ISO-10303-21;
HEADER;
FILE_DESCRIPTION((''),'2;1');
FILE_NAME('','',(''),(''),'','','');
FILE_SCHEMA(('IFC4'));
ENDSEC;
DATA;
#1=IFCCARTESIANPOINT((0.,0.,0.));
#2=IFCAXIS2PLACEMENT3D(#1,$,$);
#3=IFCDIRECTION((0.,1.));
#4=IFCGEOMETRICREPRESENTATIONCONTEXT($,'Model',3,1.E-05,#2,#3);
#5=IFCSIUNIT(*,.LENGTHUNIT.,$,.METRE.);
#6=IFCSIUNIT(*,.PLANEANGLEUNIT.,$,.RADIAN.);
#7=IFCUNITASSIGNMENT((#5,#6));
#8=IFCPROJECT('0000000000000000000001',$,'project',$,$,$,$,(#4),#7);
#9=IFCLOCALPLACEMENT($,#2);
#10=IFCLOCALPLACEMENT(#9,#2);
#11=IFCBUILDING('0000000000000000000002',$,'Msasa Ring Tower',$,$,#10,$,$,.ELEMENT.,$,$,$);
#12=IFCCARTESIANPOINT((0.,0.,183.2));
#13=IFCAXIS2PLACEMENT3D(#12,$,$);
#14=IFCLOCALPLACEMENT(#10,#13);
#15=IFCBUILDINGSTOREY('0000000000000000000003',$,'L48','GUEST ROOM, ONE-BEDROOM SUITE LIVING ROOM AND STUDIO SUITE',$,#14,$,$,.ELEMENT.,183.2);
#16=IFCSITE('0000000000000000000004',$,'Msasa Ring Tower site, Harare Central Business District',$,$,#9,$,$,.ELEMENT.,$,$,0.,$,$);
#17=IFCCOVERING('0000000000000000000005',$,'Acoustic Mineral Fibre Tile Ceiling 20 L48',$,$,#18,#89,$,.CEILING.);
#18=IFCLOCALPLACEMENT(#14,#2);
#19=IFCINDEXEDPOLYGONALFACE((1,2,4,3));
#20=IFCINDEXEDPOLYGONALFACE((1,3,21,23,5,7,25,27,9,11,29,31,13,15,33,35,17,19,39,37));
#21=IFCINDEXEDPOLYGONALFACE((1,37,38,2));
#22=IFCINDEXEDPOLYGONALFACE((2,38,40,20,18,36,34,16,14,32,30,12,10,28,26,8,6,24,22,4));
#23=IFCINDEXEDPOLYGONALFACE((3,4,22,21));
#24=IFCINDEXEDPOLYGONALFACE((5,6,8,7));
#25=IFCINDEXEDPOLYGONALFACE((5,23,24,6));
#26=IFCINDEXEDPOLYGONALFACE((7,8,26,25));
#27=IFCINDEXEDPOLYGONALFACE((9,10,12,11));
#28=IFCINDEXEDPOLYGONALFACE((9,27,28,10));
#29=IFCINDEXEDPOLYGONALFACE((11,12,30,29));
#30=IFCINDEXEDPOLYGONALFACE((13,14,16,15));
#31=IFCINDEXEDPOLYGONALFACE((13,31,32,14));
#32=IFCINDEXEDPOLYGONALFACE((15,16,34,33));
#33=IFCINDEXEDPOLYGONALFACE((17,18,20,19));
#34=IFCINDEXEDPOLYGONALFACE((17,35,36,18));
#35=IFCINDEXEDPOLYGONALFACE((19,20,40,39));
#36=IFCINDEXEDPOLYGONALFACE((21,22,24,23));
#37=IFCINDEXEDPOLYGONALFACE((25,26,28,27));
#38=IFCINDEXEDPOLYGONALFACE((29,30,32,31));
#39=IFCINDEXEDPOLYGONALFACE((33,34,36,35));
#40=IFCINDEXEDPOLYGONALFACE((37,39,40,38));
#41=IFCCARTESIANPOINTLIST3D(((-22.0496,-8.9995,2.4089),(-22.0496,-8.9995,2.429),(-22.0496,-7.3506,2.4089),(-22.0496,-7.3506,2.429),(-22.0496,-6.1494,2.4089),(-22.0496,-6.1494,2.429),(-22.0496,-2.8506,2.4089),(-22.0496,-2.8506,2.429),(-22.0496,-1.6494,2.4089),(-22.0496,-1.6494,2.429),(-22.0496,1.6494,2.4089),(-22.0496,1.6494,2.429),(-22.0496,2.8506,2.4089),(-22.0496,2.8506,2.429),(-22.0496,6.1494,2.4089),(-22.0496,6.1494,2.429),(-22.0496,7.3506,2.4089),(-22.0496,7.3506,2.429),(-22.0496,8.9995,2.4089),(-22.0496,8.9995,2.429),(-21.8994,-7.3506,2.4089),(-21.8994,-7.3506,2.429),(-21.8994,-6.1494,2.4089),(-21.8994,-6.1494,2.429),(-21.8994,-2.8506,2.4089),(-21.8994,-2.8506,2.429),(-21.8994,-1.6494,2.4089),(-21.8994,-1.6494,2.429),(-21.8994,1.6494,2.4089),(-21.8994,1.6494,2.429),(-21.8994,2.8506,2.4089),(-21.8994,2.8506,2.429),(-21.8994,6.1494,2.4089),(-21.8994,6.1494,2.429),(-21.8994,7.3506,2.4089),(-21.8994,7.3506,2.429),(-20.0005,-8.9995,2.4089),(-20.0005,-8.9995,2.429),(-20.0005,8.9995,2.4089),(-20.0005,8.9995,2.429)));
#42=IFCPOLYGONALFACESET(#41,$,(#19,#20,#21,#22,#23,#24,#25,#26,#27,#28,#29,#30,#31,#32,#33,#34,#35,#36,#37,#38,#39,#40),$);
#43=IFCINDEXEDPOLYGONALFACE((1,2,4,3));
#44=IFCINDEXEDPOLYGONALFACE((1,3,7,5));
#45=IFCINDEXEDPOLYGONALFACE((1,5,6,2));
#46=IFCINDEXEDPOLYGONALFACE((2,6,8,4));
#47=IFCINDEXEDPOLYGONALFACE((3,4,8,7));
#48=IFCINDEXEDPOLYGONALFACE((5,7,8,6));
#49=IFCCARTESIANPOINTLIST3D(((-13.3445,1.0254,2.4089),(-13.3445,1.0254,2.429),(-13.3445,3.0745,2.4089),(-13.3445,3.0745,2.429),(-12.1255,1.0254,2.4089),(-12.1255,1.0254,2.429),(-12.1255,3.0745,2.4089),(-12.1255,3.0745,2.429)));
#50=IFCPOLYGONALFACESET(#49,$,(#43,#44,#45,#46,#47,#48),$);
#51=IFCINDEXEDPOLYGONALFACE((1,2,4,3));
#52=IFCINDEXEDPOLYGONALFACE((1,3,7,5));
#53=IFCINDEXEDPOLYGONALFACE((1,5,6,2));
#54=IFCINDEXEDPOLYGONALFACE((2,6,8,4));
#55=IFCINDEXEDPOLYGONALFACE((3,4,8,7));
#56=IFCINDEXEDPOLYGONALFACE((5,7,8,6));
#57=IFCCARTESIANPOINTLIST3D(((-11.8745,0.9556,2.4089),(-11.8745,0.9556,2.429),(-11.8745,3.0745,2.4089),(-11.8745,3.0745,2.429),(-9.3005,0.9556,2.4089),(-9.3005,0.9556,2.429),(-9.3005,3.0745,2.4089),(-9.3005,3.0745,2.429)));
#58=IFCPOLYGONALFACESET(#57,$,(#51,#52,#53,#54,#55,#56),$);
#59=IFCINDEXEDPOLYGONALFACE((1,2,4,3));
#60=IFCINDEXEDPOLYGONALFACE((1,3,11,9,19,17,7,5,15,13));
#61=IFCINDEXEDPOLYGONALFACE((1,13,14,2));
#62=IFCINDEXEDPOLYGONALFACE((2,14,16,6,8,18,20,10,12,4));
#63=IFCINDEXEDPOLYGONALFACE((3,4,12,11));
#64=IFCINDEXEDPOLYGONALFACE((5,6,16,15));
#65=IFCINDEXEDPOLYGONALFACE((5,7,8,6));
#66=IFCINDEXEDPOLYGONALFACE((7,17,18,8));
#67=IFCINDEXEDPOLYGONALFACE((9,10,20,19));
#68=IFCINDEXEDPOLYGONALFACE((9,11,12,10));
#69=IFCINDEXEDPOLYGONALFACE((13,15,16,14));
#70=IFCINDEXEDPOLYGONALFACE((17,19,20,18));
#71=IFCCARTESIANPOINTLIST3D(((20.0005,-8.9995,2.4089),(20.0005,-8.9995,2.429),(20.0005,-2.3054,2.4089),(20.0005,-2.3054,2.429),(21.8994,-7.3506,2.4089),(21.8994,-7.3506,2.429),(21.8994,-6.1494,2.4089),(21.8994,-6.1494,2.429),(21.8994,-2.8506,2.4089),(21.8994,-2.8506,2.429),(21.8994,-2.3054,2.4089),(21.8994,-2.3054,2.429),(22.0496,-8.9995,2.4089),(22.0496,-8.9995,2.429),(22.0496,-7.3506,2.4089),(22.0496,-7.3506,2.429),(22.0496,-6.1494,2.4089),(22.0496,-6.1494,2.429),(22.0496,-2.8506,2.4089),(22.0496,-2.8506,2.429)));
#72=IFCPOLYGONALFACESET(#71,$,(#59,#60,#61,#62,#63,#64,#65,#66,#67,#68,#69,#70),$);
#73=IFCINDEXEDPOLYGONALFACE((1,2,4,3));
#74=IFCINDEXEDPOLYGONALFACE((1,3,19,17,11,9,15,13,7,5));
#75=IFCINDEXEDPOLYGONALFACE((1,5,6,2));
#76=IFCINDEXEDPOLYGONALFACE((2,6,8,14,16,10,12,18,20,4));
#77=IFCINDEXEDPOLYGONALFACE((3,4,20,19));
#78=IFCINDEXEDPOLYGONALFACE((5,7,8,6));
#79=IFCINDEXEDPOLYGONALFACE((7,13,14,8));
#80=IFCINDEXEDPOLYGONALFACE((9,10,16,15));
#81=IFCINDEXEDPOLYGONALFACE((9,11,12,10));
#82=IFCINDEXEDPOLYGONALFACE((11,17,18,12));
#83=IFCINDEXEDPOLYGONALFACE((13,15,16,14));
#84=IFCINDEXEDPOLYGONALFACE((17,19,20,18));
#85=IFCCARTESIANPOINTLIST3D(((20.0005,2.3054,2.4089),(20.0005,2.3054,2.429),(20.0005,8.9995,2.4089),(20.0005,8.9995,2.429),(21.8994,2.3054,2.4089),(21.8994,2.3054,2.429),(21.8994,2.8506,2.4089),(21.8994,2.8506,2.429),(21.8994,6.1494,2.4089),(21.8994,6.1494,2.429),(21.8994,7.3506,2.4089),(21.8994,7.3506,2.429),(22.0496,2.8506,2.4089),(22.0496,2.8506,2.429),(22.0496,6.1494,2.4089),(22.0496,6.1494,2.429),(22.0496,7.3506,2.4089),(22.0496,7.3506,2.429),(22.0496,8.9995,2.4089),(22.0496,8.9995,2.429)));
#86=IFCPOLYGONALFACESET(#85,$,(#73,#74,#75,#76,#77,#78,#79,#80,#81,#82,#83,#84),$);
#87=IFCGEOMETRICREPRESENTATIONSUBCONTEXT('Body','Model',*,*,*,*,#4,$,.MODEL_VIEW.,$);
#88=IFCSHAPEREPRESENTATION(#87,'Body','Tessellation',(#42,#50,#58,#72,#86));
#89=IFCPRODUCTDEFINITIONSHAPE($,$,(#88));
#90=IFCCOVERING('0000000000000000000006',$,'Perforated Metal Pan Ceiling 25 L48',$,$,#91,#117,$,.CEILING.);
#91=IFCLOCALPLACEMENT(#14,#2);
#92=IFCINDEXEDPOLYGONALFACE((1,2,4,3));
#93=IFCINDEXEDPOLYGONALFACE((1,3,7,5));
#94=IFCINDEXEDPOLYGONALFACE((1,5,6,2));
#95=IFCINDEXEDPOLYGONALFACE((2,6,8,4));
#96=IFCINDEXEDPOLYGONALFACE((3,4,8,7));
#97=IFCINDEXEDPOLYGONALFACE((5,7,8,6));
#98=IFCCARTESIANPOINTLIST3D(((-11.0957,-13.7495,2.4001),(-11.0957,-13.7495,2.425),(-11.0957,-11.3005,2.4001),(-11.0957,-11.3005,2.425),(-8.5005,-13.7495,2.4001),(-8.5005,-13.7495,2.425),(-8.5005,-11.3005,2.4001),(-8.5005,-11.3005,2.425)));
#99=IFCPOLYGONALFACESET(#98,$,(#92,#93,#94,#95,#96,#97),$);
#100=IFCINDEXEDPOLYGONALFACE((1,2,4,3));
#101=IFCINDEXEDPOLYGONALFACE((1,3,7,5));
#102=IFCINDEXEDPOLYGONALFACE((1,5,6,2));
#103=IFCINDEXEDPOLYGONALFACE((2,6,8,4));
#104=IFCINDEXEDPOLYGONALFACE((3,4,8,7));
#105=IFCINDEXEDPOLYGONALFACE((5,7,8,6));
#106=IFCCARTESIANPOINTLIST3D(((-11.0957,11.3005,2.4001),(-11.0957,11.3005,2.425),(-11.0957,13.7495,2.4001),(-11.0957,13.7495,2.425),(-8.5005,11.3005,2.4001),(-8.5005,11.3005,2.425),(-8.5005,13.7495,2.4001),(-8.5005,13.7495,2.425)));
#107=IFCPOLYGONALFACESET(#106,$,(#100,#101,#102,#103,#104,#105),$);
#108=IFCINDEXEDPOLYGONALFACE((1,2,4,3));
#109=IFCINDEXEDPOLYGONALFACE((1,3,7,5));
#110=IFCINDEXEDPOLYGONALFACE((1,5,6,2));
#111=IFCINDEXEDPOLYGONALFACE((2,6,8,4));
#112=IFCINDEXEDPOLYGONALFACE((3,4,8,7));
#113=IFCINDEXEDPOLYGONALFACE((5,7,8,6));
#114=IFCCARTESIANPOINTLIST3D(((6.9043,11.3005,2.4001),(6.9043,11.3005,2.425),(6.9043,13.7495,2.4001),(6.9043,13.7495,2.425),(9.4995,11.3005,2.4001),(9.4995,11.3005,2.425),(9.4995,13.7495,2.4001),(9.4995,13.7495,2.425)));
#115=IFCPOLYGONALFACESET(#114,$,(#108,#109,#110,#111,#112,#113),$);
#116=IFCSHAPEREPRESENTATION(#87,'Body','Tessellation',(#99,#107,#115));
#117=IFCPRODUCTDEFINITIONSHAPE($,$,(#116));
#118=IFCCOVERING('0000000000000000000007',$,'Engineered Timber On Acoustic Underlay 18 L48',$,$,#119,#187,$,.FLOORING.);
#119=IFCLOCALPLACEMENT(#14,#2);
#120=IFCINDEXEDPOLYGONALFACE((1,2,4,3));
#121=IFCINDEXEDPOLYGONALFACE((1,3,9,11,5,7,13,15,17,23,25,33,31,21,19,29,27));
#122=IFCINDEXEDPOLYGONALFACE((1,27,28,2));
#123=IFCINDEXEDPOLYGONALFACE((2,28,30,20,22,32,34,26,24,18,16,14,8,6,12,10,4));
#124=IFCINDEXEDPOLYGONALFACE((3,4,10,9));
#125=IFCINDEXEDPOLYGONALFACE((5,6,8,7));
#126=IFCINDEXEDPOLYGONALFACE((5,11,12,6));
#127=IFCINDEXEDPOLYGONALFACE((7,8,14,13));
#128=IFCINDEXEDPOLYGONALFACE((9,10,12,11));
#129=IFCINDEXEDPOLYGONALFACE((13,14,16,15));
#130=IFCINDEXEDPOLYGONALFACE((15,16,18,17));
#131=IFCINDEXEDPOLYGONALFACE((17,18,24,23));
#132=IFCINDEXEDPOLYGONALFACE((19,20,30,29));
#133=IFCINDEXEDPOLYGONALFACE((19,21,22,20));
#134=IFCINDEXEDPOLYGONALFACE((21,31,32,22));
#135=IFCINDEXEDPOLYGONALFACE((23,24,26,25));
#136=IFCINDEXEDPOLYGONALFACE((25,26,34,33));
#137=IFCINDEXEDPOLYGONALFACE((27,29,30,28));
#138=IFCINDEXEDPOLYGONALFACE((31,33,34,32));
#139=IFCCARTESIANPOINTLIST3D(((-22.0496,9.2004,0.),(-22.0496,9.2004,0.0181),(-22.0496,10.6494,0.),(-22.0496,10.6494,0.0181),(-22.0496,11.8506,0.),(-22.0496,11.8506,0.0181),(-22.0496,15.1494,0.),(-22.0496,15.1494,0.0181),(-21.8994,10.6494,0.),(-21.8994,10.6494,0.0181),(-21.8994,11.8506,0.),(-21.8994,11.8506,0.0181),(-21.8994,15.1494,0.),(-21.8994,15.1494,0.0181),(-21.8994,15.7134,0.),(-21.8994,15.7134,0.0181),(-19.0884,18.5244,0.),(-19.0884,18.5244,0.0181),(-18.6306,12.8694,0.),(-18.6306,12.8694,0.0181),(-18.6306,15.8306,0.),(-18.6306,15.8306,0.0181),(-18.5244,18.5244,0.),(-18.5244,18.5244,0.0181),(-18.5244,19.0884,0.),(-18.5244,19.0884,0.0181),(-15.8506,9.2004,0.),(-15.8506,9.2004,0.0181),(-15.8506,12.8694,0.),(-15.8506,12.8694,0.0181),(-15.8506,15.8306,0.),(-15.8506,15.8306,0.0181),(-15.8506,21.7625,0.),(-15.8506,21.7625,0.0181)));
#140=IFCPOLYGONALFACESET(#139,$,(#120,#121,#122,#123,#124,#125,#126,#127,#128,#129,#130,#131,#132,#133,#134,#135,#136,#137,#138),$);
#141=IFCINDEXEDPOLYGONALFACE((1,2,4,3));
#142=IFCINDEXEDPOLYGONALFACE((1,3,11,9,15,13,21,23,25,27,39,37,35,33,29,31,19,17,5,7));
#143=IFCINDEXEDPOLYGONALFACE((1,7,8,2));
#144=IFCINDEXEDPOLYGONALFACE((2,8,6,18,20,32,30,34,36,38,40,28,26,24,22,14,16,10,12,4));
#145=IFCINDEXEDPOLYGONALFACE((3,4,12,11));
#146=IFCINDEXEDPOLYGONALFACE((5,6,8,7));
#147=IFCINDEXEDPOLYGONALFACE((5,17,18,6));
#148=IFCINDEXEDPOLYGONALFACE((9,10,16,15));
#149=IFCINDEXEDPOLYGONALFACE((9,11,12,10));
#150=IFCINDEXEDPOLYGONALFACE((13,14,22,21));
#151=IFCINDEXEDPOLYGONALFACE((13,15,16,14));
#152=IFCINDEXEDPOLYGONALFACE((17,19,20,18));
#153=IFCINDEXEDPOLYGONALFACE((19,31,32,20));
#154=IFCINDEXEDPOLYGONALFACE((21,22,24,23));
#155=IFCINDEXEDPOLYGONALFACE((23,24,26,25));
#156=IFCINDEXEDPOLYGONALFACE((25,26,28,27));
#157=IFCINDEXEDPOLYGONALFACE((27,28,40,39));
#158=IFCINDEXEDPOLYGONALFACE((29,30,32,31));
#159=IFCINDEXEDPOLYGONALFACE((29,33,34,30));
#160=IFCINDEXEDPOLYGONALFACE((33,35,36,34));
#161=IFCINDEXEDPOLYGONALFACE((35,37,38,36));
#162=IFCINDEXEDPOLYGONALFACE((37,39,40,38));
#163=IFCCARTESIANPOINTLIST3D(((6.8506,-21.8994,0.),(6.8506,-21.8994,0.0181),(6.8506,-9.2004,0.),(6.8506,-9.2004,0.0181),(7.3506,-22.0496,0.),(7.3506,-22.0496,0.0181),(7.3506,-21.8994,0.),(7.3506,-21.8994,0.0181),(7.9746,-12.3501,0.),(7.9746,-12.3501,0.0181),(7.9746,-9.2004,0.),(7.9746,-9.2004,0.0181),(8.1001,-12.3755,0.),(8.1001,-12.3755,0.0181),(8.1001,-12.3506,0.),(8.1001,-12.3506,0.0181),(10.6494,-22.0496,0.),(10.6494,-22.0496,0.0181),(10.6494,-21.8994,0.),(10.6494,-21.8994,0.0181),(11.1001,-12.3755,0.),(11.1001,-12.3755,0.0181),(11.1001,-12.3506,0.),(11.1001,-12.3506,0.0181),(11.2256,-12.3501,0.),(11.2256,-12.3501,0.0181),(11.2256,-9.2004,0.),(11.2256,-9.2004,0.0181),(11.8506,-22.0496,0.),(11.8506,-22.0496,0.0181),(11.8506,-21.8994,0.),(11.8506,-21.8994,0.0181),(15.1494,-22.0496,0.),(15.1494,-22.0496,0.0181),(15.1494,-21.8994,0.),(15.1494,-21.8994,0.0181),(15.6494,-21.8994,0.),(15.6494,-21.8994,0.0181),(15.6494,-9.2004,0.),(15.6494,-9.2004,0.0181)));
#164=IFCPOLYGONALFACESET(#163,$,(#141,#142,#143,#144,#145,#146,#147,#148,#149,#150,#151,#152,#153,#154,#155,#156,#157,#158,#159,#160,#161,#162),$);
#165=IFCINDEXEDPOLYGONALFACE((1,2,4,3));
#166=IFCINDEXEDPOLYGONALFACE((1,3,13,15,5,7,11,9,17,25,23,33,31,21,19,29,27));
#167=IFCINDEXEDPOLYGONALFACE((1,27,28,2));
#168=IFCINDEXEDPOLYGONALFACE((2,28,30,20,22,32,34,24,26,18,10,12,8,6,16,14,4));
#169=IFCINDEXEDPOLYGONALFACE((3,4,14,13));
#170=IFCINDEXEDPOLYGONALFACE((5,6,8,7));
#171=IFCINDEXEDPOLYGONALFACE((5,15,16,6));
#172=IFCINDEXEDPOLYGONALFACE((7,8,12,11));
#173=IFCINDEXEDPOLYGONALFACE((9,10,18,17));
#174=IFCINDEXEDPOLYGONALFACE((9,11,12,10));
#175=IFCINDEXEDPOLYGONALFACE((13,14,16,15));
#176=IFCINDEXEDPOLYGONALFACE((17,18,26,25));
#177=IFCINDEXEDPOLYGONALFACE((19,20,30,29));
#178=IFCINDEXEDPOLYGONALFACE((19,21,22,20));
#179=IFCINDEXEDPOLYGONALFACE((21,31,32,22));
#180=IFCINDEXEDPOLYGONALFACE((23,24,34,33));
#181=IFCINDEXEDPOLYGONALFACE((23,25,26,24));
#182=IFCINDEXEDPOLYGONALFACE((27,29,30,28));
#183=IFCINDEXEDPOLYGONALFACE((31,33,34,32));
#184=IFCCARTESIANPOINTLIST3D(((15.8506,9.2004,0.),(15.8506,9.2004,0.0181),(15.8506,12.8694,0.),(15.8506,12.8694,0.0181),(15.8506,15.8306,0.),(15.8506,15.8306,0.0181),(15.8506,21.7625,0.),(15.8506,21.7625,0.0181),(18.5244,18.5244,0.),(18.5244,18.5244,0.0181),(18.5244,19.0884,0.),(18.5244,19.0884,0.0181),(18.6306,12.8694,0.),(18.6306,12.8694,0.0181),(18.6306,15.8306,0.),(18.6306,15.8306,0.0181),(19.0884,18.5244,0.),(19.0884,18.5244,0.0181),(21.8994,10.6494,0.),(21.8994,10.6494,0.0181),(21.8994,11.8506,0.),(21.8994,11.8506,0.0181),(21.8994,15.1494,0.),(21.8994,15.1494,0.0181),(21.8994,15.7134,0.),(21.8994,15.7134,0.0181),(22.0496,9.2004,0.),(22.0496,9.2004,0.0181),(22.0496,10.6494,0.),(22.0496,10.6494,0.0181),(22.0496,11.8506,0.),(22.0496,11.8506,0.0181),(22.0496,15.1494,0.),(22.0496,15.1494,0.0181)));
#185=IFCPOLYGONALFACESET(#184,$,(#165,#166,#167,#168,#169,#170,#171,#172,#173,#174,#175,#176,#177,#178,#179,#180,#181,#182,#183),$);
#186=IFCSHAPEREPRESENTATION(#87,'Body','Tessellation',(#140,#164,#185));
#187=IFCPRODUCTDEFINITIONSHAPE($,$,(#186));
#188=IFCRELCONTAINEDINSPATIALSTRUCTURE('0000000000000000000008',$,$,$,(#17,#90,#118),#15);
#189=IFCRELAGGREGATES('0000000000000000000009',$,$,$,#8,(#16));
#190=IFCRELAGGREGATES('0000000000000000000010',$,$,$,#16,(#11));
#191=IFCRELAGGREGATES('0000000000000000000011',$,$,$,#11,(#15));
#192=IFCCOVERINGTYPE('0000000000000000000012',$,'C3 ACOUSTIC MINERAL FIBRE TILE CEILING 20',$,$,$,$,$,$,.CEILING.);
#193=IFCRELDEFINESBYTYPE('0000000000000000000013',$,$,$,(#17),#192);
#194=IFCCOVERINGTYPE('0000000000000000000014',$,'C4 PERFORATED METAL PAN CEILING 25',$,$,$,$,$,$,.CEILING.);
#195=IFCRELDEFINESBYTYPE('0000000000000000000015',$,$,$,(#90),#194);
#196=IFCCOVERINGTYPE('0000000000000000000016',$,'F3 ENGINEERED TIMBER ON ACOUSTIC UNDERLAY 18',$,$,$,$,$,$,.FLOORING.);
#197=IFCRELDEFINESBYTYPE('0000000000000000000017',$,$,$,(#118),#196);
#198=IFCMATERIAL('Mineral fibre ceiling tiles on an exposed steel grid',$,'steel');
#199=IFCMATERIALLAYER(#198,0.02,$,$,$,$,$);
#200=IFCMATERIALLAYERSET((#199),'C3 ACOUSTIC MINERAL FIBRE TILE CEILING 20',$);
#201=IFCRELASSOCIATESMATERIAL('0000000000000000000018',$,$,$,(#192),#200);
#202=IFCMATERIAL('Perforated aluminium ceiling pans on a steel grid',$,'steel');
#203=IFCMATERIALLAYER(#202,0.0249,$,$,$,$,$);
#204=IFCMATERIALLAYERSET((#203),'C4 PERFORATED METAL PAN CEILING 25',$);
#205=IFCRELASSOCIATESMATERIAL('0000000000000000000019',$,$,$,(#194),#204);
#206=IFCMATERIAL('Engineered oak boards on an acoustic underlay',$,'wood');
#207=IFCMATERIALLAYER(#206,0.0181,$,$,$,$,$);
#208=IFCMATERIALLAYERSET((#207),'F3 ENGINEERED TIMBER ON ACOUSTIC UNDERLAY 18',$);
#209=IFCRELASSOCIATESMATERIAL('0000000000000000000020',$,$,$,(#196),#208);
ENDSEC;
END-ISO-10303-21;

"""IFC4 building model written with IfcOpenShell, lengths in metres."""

from ifc_helpers import new_model, si_unit, direction, frame, origin, place, context, subcontext, project, spatial, line, indexed_curve, outline, extrude, material, layer, layer_set, type_object, element, save


model = new_model("IFC4")

# Units and contexts
model_context = context("Model", 3, precision=1e-05, world=origin(), true_north=direction((0.0, 1.0)))
body_context = subcontext(model_context, "Body", "Model", "MODEL_VIEW")
ifc_project = project(units=[si_unit("LENGTHUNIT", "METRE"), si_unit("PLANEANGLEUNIT", "RADIAN")], contexts=[model_context])

# Site, building, storey
site_placement = place(None, origin())
site = spatial("IfcSite", under=ifc_project, at=site_placement, Name="Msasa Ring Tower site, Harare Central Business District", CompositionType="ELEMENT", RefElevation=0.0)
building_placement = place(site_placement, origin())
building = spatial("IfcBuilding", under=site, at=building_placement, Name="Msasa Ring Tower", CompositionType="ELEMENT")
storey_placement = place(building_placement, frame((0.0, 0.0, 183.2)))
storey = spatial("IfcBuildingStorey", under=building, at=storey_placement, Name="L48", Description="GUEST ROOM, ONE-BEDROOM SUITE LIVING ROOM AND STUDIO SUITE", CompositionType="ELEMENT", Elevation=183.2)

# Coverings
ifc_material_1 = material(Name="Mineral fibre ceiling tiles on an exposed steel grid", Category="steel")
ifc_layer_1 = layer(ifc_material_1, 0.02)
ifc_layer_set_1 = layer_set([ifc_layer_1], Name="C3 ACOUSTIC MINERAL FIBRE TILE CEILING 20")
covering_type_1 = type_object("IfcCoveringType", Name="C3 ACOUSTIC MINERAL FIBRE TILE CEILING 20", PredefinedType="CEILING", material=ifc_layer_set_1)
covering_1_placement = place(storey_placement, frame((0.0, 0.0, 2.4089)))
element("IfcCovering", 1, at=covering_1_placement, inside=storey, type_object=covering_type_1, Name="Acoustic Mineral Fibre Tile Ceiling 20 L48", PredefinedType="CEILING", context=body_context, shape_type="SweptSolid", body=[
    extrude(outline(indexed_curve([(-22.0496, -7.3506), (-21.8994, -7.3506), (-21.8994, -6.1494), (-22.0496, -6.1494), (-22.0496, -2.8506), (-21.8994, -2.8506), (-21.8994, -1.6494), (-22.0496, -1.6494), (-22.0496, 1.6494), (-21.8994, 1.6494), (-21.8994, 2.8506), (-22.0496, 2.8506), (-22.0496, 6.1494), (-21.8994, 6.1494), (-21.8994, 7.3506), (-22.0496, 7.3506), (-22.0496, 8.9995), (-20.0005, 8.9995), (-20.0005, -8.9995), (-22.0496, -8.9995)], segments=[line(1, 2, 3, 4, 5, 6, 7, 8, 9, 10, 11, 12, 13, 14, 15, 16, 17, 18, 19, 20, 1)], self_intersect=False)), origin(), (0.0, 0.0, 1.0), 0.02),
    extrude(outline(indexed_curve([(-13.3445, 3.0745), (-12.1255, 3.0745), (-12.1255, 1.0254), (-13.3445, 1.0254)], segments=[line(1, 2, 3, 4, 1)], self_intersect=False)), origin(), (0.0, 0.0, 1.0), 0.02),
    extrude(outline(indexed_curve([(-9.3005, 0.9556), (-11.8745, 0.9556), (-11.8745, 3.0745), (-9.3005, 3.0745)], segments=[line(1, 2, 3, 4, 1)], self_intersect=False)), origin(), (0.0, 0.0, 1.0), 0.02),
    extrude(outline(indexed_curve([(21.8994, -2.3054), (21.8994, -2.8506), (22.0496, -2.8506), (22.0496, -6.1494), (21.8994, -6.1494), (21.8994, -7.3506), (22.0496, -7.3506), (22.0496, -8.9995), (20.0005, -8.9995), (20.0005, -2.3054)], segments=[line(1, 2, 3, 4, 5, 6, 7, 8, 9, 10, 1)], self_intersect=False)), origin(), (0.0, 0.0, 1.0), 0.02),
    extrude(outline(indexed_curve([(22.0496, 7.3506), (21.8994, 7.3506), (21.8994, 6.1494), (22.0496, 6.1494), (22.0496, 2.8506), (21.8994, 2.8506), (21.8994, 2.3054), (20.0005, 2.3054), (20.0005, 8.9995), (22.0496, 8.9995)], segments=[line(1, 2, 3, 4, 5, 6, 7, 8, 9, 10, 1)], self_intersect=False)), origin(), (0.0, 0.0, 1.0), 0.02),
])
ifc_material_2 = material(Name="Perforated aluminium ceiling pans on a steel grid", Category="steel")
ifc_layer_2 = layer(ifc_material_2, 0.0249)
ifc_layer_set_2 = layer_set([ifc_layer_2], Name="C4 PERFORATED METAL PAN CEILING 25")
covering_type_2 = type_object("IfcCoveringType", Name="C4 PERFORATED METAL PAN CEILING 25", PredefinedType="CEILING", material=ifc_layer_set_2)
covering_2_placement = place(storey_placement, frame((0.0, 0.0, 2.4001)))
element("IfcCovering", 2, at=covering_2_placement, inside=storey, type_object=covering_type_2, Name="Perforated Metal Pan Ceiling 25 L48", PredefinedType="CEILING", context=body_context, shape_type="SweptSolid", body=[
    extrude(outline(indexed_curve([(-8.5005, -11.3005), (-8.5005, -13.7495), (-11.0957, -13.7495), (-11.0957, -11.3005)], segments=[line(1, 2, 3, 4, 1)], self_intersect=False)), origin(), (0.0, 0.0, 1.0), 0.0249),
    extrude(outline(indexed_curve([(-8.5005, 11.3005), (-11.0957, 11.3005), (-11.0957, 13.7495), (-8.5005, 13.7495)], segments=[line(1, 2, 3, 4, 1)], self_intersect=False)), origin(), (0.0, 0.0, 1.0), 0.0249),
    extrude(outline(indexed_curve([(9.4995, 11.3005), (6.9043, 11.3005), (6.9043, 13.7495), (9.4995, 13.7495)], segments=[line(1, 2, 3, 4, 1)], self_intersect=False)), origin(), (0.0, 0.0, 1.0), 0.0249),
])
ifc_material_3 = material(Name="Engineered oak boards on an acoustic underlay", Category="wood")
ifc_layer_3 = layer(ifc_material_3, 0.0181)
ifc_layer_set_3 = layer_set([ifc_layer_3], Name="F3 ENGINEERED TIMBER ON ACOUSTIC UNDERLAY 18")
covering_type_3 = type_object("IfcCoveringType", Name="F3 ENGINEERED TIMBER ON ACOUSTIC UNDERLAY 18", PredefinedType="FLOORING", material=ifc_layer_set_3)
covering_3_placement = place(storey_placement, origin())
element("IfcCovering", 3, at=covering_3_placement, inside=storey, type_object=covering_type_3, Name="Engineered Timber On Acoustic Underlay 18 L48", PredefinedType="FLOORING", context=body_context, shape_type="SweptSolid", body=[
    extrude(outline(indexed_curve([(-18.6306, 15.8306), (-18.6306, 12.8694), (-15.8506, 12.8694), (-15.8506, 9.2004), (-22.0496, 9.2004), (-22.0496, 10.6494), (-21.8994, 10.6494), (-21.8994, 11.8506), (-22.0496, 11.8506), (-22.0496, 15.1494), (-21.8994, 15.1494), (-21.8994, 15.7134), (-19.0884, 18.5244), (-18.5244, 18.5244), (-18.5244, 19.0884), (-15.8506, 21.7625), (-15.8506, 15.8306)], segments=[line(1, 2, 3, 4, 5, 6, 7, 8, 9, 10, 11, 12, 13, 14, 15, 16, 17, 1)], self_intersect=False)), origin(), (0.0, 0.0, 1.0), 0.0181),
    extrude(outline(indexed_curve([(6.8506, -9.2004), (7.9746, -9.2004), (7.9746, -12.3501), (8.1001, -12.3506), (8.1001, -12.3755), (11.1001, -12.3755), (11.1001, -12.3506), (11.2256, -12.3501), (11.2256, -9.2004), (15.6494, -9.2004), (15.6494, -21.8994), (15.1494, -21.8994), (15.1494, -22.0496), (11.8506, -22.0496), (11.8506, -21.8994), (10.6494, -21.8994), (10.6494, -22.0496), (7.3506, -22.0496), (7.3506, -21.8994), (6.8506, -21.8994)], segments=[line(1, 2, 3, 4, 5, 6, 7, 8, 9, 10, 11, 12, 13, 14, 15, 16, 17, 18, 19, 20, 1)], self_intersect=False)), origin(), (0.0, 0.0, 1.0), 0.0181),
    extrude(outline(indexed_curve([(15.8506, 15.8306), (15.8506, 21.7625), (18.5244, 19.0884), (18.5244, 18.5244), (19.0884, 18.5244), (21.8994, 15.7134), (21.8994, 15.1494), (22.0496, 15.1494), (22.0496, 11.8506), (21.8994, 11.8506), (21.8994, 10.6494), (22.0496, 10.6494), (22.0496, 9.2004), (15.8506, 9.2004), (15.8506, 12.8694), (18.6306, 12.8694), (18.6306, 15.8306)], segments=[line(1, 2, 3, 4, 5, 6, 7, 8, 9, 10, 11, 12, 13, 14, 15, 16, 17, 1)], self_intersect=False)), origin(), (0.0, 0.0, 1.0), 0.0181),
])

save(model, "model.ifc")
